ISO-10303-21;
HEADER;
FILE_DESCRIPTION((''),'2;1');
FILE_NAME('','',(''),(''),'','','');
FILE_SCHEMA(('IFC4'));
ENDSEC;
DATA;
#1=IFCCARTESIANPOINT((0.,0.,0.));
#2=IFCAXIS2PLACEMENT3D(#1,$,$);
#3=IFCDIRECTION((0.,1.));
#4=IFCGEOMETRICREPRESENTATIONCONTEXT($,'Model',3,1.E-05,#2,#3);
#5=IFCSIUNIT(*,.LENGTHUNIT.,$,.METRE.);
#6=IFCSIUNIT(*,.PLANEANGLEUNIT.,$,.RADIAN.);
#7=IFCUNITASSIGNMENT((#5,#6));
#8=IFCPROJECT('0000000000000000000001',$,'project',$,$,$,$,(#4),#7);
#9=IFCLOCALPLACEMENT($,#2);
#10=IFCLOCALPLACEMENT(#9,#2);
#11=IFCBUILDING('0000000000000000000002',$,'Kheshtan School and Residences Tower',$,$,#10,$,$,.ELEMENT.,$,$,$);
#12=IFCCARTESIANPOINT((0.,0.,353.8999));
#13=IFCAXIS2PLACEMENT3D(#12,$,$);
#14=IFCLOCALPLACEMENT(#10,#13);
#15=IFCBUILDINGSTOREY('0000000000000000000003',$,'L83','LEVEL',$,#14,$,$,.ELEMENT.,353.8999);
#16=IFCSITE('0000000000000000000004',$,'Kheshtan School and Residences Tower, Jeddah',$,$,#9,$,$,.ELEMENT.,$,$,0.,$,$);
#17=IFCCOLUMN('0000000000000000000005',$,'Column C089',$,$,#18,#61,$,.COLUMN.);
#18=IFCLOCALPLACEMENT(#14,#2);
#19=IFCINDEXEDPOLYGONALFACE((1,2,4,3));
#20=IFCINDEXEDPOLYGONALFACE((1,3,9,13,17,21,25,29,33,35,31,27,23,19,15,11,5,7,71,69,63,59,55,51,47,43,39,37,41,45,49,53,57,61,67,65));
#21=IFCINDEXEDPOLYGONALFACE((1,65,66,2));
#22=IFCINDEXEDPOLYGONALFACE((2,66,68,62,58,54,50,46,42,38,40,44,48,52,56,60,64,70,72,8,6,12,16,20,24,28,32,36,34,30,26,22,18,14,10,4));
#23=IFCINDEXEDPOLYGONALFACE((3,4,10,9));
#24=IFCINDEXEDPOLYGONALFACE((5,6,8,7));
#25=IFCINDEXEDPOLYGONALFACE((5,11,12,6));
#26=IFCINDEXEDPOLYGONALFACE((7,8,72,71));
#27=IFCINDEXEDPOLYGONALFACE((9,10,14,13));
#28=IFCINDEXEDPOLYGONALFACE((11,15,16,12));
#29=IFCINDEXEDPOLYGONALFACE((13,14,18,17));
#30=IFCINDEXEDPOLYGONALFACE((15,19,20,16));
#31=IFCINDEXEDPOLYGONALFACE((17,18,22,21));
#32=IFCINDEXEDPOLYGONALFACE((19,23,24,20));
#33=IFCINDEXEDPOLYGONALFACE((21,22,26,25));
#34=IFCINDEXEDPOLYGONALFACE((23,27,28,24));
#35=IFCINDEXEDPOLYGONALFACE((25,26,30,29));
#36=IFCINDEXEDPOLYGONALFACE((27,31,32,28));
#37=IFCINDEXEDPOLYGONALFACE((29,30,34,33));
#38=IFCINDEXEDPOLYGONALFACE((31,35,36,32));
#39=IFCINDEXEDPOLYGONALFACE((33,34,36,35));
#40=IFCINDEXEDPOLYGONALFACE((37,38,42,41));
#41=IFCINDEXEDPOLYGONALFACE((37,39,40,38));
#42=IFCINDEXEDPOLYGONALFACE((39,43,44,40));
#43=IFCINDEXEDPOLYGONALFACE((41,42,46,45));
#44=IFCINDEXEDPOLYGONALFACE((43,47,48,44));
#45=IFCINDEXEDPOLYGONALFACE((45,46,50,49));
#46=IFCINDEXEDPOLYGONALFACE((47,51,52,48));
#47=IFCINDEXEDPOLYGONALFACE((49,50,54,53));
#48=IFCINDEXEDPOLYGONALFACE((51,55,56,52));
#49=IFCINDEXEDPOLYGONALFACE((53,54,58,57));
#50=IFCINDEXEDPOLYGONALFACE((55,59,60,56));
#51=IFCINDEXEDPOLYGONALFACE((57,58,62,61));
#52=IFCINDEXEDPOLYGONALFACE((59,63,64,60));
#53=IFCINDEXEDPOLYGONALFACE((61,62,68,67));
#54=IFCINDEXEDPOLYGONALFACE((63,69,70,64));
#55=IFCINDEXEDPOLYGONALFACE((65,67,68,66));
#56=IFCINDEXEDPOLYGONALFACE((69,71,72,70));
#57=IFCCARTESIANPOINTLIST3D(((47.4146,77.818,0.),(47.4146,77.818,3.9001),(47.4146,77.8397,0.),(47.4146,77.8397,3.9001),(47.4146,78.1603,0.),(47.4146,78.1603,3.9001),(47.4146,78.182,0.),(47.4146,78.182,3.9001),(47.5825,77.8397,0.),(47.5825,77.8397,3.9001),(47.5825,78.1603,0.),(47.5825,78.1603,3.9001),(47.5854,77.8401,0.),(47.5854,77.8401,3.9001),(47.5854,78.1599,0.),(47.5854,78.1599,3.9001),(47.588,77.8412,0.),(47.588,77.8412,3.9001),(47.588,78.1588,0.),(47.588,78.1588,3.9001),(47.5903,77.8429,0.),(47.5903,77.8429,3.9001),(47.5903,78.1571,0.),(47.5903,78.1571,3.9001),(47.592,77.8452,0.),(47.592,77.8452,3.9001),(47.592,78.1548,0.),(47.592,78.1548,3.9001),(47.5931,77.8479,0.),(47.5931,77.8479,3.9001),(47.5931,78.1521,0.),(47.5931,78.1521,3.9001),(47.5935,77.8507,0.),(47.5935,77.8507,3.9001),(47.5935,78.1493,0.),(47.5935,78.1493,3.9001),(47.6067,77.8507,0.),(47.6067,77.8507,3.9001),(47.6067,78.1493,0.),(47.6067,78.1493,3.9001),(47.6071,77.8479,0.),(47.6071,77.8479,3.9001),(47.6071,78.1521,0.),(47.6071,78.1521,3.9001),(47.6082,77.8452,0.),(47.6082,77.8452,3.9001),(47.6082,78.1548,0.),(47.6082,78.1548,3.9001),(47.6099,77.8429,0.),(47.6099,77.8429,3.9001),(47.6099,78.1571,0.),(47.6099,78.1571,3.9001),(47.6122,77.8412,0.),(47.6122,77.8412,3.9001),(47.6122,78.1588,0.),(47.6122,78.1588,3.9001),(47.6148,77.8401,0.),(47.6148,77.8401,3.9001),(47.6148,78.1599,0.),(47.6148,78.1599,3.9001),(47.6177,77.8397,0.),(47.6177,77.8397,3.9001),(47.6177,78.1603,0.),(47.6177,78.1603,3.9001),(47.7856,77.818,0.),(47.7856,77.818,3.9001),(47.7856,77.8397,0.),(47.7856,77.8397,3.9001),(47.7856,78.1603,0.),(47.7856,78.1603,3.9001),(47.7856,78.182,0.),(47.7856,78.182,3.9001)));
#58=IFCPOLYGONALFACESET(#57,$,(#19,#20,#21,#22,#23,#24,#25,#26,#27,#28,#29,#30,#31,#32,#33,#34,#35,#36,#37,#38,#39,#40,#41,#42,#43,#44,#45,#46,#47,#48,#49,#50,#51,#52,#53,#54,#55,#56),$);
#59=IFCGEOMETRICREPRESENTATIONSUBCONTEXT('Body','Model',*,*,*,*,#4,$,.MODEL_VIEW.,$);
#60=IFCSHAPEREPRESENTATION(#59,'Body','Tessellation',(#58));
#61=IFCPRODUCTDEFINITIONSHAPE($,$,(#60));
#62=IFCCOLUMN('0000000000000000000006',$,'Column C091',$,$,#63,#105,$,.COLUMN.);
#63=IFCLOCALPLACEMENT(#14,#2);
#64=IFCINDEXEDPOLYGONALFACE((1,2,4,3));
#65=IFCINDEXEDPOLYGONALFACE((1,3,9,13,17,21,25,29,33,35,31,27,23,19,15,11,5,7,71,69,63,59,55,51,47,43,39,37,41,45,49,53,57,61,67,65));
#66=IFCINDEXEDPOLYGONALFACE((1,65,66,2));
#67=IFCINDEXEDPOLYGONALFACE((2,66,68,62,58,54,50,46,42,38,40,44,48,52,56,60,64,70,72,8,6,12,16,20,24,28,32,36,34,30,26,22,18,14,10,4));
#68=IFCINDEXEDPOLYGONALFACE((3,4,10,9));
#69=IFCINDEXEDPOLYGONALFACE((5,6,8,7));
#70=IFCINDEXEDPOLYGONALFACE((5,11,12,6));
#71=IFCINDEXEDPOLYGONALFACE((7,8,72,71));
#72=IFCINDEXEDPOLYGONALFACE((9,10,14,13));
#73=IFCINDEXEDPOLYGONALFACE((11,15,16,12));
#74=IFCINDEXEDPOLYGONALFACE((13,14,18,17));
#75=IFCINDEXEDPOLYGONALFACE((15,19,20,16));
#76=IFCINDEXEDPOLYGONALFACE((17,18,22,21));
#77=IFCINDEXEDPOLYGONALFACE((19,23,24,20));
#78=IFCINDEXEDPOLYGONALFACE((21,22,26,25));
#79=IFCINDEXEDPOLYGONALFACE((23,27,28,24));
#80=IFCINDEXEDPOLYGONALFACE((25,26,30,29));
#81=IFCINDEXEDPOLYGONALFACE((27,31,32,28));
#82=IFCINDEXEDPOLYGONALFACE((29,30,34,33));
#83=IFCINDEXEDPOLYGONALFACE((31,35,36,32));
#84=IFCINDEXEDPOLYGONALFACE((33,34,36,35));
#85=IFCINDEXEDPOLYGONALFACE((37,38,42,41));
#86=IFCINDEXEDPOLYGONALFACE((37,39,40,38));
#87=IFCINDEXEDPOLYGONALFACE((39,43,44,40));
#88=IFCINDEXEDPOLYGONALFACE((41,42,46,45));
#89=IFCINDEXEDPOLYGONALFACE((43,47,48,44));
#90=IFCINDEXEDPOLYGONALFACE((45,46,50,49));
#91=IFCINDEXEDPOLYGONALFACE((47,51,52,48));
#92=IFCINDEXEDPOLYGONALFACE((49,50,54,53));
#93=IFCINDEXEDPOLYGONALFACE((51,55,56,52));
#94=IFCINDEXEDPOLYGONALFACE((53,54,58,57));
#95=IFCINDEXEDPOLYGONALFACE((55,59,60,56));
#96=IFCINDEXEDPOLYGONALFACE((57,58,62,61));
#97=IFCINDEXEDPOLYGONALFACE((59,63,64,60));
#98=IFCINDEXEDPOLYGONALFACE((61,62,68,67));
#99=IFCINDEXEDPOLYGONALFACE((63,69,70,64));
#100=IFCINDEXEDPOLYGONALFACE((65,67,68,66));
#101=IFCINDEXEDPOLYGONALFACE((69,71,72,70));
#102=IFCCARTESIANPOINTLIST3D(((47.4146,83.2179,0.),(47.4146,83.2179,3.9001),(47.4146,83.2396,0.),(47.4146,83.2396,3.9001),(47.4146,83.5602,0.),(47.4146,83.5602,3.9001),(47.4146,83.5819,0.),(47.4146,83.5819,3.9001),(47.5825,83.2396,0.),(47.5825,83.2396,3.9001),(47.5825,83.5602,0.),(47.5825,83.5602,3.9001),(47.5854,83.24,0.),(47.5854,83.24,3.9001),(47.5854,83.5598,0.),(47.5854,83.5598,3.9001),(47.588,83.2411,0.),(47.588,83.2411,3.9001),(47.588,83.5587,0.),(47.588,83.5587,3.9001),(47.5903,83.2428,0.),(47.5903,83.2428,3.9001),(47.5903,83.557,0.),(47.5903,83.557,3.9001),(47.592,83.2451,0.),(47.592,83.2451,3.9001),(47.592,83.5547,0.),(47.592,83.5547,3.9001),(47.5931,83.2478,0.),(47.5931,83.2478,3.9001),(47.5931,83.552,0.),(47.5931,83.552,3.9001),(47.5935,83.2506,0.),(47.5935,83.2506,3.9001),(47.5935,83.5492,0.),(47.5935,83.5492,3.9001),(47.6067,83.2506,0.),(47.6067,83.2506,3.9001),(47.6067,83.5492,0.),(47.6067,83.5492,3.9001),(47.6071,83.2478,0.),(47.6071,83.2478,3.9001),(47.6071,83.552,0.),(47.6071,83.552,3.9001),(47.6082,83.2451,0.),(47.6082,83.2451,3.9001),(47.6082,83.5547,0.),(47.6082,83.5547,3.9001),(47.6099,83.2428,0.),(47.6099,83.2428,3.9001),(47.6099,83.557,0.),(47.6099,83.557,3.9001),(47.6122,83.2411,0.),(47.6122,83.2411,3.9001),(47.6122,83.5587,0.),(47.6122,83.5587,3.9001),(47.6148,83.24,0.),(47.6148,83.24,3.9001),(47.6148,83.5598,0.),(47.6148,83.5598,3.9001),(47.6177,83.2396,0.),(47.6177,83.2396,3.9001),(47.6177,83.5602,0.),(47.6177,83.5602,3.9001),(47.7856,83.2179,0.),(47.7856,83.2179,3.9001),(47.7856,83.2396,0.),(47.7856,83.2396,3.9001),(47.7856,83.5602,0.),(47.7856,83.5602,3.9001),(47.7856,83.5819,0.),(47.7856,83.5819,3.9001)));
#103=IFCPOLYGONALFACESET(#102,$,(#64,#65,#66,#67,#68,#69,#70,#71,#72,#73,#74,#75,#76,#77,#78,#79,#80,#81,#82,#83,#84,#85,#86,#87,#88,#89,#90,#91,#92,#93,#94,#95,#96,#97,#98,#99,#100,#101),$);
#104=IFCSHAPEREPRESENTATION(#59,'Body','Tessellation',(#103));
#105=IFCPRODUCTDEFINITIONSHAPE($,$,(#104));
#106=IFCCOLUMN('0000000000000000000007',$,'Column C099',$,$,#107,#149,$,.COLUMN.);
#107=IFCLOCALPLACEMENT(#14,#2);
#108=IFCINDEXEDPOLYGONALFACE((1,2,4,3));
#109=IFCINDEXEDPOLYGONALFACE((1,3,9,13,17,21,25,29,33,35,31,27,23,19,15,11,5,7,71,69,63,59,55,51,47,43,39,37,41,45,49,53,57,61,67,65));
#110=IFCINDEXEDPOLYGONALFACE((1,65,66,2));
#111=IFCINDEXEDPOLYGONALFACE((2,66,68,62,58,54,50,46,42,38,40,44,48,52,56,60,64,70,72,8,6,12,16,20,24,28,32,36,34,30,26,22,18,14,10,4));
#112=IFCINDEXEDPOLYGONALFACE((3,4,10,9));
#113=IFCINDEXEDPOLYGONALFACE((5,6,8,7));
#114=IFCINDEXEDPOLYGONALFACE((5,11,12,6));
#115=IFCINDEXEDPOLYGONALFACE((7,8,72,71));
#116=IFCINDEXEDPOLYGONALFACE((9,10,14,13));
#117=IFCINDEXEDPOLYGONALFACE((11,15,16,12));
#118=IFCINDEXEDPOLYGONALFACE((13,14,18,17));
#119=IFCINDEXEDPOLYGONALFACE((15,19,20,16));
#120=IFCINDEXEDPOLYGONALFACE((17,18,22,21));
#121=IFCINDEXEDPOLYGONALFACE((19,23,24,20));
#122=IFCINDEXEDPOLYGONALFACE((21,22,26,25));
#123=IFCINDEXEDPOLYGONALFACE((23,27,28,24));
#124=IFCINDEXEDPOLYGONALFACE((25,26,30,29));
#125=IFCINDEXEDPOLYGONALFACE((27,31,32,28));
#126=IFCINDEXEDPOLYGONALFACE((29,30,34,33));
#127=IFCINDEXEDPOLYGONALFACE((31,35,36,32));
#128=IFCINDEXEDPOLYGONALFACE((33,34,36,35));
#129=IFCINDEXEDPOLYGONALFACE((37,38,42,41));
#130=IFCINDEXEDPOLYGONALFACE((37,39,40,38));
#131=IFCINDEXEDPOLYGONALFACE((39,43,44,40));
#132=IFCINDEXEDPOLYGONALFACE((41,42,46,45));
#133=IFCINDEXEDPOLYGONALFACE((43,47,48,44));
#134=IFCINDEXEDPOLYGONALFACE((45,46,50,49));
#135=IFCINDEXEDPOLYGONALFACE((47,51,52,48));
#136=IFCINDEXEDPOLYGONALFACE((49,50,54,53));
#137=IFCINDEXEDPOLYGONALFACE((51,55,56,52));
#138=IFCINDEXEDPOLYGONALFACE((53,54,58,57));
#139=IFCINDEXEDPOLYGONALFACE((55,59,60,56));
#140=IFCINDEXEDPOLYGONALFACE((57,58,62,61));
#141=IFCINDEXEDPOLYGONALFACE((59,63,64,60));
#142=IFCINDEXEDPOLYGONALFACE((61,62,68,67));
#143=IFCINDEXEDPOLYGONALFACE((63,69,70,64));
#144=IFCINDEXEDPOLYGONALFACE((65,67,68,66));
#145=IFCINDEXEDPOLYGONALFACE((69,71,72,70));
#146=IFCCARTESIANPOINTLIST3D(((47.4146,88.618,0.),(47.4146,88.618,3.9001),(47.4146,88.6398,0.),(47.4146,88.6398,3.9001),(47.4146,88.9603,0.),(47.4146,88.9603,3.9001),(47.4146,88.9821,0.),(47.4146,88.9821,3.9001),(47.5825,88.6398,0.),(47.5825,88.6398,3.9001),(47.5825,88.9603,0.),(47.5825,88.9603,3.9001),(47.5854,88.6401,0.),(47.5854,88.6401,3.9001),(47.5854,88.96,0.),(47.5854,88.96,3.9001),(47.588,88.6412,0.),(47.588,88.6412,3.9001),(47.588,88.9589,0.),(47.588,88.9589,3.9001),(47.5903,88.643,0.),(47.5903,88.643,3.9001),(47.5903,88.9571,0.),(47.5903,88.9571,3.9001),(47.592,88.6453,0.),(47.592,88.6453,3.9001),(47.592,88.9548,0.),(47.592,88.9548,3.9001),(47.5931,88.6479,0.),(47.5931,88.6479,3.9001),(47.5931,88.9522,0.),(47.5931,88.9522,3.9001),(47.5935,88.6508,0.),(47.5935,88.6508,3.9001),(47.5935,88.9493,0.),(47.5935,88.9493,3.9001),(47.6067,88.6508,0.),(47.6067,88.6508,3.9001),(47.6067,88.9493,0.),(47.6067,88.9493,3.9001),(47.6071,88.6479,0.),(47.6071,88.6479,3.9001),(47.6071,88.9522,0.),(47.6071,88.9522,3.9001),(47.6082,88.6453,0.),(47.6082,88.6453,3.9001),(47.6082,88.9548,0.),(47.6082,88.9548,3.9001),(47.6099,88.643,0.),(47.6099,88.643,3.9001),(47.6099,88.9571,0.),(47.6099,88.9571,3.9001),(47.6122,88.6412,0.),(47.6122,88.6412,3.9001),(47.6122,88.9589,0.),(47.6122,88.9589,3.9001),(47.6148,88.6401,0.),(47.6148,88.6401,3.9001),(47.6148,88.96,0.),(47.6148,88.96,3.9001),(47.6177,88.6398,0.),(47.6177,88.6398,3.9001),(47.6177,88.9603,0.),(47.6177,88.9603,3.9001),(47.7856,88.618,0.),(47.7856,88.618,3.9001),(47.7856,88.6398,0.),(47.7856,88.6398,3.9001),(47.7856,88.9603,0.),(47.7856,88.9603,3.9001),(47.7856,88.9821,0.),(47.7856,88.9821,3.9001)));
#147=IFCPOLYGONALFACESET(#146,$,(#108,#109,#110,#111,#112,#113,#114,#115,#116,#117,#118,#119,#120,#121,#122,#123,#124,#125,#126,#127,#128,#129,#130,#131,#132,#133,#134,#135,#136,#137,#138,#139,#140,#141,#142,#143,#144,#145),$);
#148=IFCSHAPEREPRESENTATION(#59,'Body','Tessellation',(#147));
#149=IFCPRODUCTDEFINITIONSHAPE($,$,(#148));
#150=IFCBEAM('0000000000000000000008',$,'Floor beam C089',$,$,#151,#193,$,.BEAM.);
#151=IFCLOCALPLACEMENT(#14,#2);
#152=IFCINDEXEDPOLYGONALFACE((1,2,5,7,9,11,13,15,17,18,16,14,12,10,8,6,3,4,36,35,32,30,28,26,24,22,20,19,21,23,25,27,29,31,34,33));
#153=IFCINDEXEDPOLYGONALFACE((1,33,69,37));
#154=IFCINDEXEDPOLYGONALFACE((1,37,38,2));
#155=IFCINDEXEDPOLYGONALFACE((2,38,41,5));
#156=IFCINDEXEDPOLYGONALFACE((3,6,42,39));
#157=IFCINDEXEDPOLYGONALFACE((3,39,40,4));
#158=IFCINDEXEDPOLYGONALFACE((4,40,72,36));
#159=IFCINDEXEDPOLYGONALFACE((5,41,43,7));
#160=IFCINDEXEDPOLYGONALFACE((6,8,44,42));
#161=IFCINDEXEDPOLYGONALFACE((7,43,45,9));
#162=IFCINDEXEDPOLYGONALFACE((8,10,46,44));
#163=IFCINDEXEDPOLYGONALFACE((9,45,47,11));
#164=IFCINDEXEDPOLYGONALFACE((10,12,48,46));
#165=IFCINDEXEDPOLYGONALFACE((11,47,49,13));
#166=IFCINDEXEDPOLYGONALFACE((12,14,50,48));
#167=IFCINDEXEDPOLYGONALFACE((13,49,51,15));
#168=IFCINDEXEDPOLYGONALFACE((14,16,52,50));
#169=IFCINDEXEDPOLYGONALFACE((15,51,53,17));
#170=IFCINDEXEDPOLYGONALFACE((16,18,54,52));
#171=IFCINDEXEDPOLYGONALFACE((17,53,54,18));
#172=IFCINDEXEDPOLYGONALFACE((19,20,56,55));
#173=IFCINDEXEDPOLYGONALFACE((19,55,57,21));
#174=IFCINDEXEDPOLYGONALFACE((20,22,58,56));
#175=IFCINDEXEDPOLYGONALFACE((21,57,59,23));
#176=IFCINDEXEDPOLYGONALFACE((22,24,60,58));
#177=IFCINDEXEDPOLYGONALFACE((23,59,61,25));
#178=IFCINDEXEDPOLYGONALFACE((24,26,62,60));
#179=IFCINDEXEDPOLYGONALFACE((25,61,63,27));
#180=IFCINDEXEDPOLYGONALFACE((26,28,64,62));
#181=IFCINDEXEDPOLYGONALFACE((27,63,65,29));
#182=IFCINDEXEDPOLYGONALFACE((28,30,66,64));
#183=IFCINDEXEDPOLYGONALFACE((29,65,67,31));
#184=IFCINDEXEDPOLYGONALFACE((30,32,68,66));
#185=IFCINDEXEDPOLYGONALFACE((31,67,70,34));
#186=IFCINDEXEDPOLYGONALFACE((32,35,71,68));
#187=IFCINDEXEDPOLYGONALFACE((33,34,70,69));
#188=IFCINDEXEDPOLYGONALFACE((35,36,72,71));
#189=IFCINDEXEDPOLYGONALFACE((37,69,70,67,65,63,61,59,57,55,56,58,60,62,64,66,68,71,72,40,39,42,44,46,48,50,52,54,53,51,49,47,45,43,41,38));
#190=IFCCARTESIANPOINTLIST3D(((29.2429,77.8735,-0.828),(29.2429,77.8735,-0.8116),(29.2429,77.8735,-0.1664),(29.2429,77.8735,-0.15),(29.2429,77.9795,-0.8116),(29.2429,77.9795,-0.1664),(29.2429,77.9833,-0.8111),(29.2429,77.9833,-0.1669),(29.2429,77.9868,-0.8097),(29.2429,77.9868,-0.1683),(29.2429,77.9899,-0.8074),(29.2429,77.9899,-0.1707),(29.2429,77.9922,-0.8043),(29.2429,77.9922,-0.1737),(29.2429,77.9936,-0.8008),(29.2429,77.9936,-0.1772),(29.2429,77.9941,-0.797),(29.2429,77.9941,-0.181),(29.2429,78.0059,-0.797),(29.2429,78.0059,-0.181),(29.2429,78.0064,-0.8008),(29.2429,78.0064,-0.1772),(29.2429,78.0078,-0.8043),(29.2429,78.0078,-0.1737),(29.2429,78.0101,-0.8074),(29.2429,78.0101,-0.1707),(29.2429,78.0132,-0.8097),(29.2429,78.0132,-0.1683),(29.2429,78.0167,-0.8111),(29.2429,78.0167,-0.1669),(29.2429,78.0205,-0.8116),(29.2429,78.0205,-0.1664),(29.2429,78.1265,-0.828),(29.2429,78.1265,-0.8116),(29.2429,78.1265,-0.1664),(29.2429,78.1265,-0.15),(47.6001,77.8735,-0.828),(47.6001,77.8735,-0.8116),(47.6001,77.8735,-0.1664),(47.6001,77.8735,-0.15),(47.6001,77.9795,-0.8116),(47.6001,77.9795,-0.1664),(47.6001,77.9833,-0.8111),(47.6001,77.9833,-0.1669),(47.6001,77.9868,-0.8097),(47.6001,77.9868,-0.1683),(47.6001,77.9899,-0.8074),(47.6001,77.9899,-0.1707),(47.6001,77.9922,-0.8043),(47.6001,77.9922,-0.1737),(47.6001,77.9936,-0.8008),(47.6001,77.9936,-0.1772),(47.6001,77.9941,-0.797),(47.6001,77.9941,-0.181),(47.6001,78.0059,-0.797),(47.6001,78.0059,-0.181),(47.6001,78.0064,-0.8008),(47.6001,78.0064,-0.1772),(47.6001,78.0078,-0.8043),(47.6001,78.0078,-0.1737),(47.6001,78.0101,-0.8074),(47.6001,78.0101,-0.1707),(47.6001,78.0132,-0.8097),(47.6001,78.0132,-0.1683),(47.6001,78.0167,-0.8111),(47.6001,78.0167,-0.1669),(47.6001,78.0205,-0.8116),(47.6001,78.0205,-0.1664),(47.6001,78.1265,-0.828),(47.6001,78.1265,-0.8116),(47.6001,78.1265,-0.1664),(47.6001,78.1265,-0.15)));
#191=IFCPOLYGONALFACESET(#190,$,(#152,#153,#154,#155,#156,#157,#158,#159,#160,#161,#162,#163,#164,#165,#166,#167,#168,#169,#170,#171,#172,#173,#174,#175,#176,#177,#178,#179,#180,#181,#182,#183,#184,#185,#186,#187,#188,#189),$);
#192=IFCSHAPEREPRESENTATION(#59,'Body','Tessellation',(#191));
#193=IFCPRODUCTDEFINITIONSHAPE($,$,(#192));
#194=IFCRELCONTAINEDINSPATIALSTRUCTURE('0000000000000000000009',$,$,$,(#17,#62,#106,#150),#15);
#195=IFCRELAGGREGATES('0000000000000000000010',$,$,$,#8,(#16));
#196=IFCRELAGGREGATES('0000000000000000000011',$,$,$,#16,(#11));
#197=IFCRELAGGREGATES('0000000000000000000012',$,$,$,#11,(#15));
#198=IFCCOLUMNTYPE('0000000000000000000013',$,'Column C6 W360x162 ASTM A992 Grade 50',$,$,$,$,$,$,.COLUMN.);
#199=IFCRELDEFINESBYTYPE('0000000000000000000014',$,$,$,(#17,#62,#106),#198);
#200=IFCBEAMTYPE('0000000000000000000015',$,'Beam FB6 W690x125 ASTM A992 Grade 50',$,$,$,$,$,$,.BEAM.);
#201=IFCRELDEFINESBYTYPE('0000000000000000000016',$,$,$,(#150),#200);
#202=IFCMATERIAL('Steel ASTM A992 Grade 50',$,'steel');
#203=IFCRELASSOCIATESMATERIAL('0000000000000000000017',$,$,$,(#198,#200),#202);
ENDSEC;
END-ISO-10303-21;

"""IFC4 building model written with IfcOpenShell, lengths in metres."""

from ifc_helpers import new_model, si_unit, direction, frame, origin, origin_2d, place, context, subcontext, project, spatial, i_section, extrude, material, material_profile, profile_set, type_object, element, save


model = new_model("IFC4")

# Units and contexts
model_context = context("Model", 3, precision=1e-05, world=origin(), true_north=direction((0.0, 1.0)))
body_context = subcontext(model_context, "Body", "Model", "MODEL_VIEW")
ifc_project = project(units=[si_unit("LENGTHUNIT", "METRE"), si_unit("PLANEANGLEUNIT", "RADIAN")], contexts=[model_context])

# Site, building, storey
site_placement = place(None, origin())
site = spatial("IfcSite", under=ifc_project, at=site_placement, Name="Kheshtan School and Residences Tower, Jeddah", CompositionType="ELEMENT", RefElevation=0.0)
building_placement = place(site_placement, origin())
building = spatial("IfcBuilding", under=site, at=building_placement, Name="Kheshtan School and Residences Tower", CompositionType="ELEMENT")
storey_placement = place(building_placement, frame((0.0, 0.0, 353.8999)))
storey = spatial("IfcBuildingStorey", under=building, at=storey_placement, Name="L83", Description="LEVEL", CompositionType="ELEMENT", Elevation=353.8999)

# Columns
ifc_material_1 = material(Name="Steel ASTM A992 Grade 50", Category="steel")
ifc_material_profile_1 = material_profile(ifc_material_1, i_section(OverallWidth=0.3711, OverallDepth=0.364, WebThickness=0.0132, FlangeThickness=0.0217, FilletRadius=0.011, at=origin_2d()), Name="W360x162")
ifc_profile_set_1 = profile_set([ifc_material_profile_1], Name="Steel ASTM A992 Grade 50")
column_type = type_object("IfcColumnType", Name="Column C6 W360x162 ASTM A992 Grade 50", PredefinedType="COLUMN", material=ifc_profile_set_1)
for number, where, z_axis, x_axis, name in (
    (1, (47.6001, 78.0, 0.0), (0.0, 0.0, 1.0), (1.0, 0.0, 0.0), "Column C089"),
    (2, (47.6001, 83.3999, 0.0), (0.0, 0.0, 1.0), (1.0, 0.0, 0.0), "Column C091"),
    (3, (47.6001, 88.8, 0.0), (0.0, 0.0, 1.0), (1.0, 0.0, 0.0), "Column C099"),
):
    element("IfcColumn", number, at=place(storey_placement, frame(where, z_axis=z_axis, x_axis=x_axis)), inside=storey, type_object=column_type, Name=name, PredefinedType="COLUMN", context=body_context, shape_type="SweptSolid", body=[
        extrude(i_section(OverallWidth=0.3711, OverallDepth=0.364, WebThickness=0.0132, FlangeThickness=0.0217, FilletRadius=0.011, at=origin_2d()), origin(), (0.0, 0.0, 1.0), 3.9001),
    ])

# Beam
ifc_material_profile_2 = material_profile(ifc_material_1, i_section(OverallWidth=0.2529, OverallDepth=0.678, WebThickness=0.0117, FlangeThickness=0.0164, FilletRadius=0.0146, at=origin_2d()), Name="W690x125")
ifc_profile_set_2 = profile_set([ifc_material_profile_2], Name="Steel ASTM A992 Grade 50")
beam_type_1 = type_object("IfcBeamType", Name="Beam FB6 W690x125 ASTM A992 Grade 50", PredefinedType="BEAM", material=ifc_profile_set_2)
beam_1_placement = place(storey_placement, frame((47.6001, 78.0, -0.489), z_axis=(-1.0, 0.0, 0.0), x_axis=(0.0, -1.0, 0.0)))
element("IfcBeam", 4, at=beam_1_placement, inside=storey, type_object=beam_type_1, Name="Floor beam C089", PredefinedType="BEAM", context=body_context, shape_type="SweptSolid", body=[
    extrude(i_section(OverallWidth=0.2529, OverallDepth=0.678, WebThickness=0.0117, FlangeThickness=0.0164, FilletRadius=0.0146, at=origin_2d()), origin(), (0.0, 0.0, 1.0), 18.3572),
])

save(model, "model.ifc")
